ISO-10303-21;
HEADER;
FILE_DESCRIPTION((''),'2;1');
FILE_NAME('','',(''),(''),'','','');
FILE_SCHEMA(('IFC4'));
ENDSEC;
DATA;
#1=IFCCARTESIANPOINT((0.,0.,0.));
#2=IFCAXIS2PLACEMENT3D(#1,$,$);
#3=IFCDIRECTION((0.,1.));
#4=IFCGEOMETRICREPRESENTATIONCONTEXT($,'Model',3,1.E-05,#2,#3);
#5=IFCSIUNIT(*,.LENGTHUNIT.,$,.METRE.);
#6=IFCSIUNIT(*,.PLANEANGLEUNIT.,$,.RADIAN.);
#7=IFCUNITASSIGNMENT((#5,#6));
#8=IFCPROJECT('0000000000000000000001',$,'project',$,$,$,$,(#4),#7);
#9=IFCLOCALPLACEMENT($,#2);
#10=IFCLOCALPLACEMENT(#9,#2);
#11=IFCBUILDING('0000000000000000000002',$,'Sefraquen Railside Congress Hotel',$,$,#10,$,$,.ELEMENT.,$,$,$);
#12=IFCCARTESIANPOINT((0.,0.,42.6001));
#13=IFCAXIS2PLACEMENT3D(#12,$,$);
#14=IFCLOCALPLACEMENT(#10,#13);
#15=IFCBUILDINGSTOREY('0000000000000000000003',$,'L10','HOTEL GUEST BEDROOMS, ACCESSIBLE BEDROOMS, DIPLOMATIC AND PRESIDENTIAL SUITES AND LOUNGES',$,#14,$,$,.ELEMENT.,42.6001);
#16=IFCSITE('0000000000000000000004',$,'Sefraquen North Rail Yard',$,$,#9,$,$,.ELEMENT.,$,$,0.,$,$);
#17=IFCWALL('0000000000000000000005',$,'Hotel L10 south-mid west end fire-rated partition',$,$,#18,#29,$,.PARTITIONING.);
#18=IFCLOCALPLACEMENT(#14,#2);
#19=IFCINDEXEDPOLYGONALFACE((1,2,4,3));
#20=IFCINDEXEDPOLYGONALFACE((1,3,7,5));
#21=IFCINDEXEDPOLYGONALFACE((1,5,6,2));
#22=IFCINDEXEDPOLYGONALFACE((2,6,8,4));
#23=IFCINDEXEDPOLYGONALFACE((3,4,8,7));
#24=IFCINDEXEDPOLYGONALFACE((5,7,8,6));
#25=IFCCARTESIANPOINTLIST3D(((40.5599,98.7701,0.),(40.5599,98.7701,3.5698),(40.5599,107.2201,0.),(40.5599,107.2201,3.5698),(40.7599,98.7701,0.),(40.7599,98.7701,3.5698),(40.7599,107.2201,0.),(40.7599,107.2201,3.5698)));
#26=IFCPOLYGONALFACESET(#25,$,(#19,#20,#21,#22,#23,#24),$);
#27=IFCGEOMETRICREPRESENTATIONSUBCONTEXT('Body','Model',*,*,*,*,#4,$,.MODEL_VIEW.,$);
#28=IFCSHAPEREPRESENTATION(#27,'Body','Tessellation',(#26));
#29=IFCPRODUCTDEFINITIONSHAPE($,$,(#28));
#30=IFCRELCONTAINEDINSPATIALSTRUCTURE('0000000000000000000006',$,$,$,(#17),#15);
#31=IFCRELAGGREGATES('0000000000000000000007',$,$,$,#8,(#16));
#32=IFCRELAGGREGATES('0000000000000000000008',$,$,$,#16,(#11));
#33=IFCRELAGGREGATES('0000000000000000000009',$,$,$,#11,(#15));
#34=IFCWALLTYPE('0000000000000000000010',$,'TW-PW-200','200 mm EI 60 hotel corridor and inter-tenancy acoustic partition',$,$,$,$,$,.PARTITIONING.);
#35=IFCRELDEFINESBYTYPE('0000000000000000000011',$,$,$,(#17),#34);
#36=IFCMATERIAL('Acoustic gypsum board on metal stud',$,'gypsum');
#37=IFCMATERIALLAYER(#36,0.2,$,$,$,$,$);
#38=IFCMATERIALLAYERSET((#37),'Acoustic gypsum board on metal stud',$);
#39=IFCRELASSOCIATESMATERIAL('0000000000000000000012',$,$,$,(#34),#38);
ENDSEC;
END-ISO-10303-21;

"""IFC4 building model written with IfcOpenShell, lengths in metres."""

from ifc_helpers import new_model, si_unit, direction, frame, frame_2d, origin, place, context, subcontext, project, spatial, rectangle, extrude, material, layer, layer_set, type_object, element, save


model = new_model("IFC4")

# Units and contexts
model_context = context("Model", 3, precision=1e-05, world=origin(), true_north=direction((0.0, 1.0)))
body_context = subcontext(model_context, "Body", "Model", "MODEL_VIEW")
ifc_project = project(units=[si_unit("LENGTHUNIT", "METRE"), si_unit("PLANEANGLEUNIT", "RADIAN")], contexts=[model_context])

# Site, building, storey
site_placement = place(None, origin())
site = spatial("IfcSite", under=ifc_project, at=site_placement, Name="Sefraquen North Rail Yard", CompositionType="ELEMENT", RefElevation=0.0)
building_placement = place(site_placement, origin())
building = spatial("IfcBuilding", under=site, at=building_placement, Name="Sefraquen Railside Congress Hotel", CompositionType="ELEMENT")
storey_placement = place(building_placement, frame((0.0, 0.0, 42.6001)))
storey = spatial("IfcBuildingStorey", under=building, at=storey_placement, Name="L10", Description="HOTEL GUEST BEDROOMS, ACCESSIBLE BEDROOMS, DIPLOMATIC AND PRESIDENTIAL SUITES AND LOUNGES", CompositionType="ELEMENT", Elevation=42.6001)

# Wall
ifc_material_1 = material(Name="Acoustic gypsum board on metal stud", Category="gypsum")
ifc_layer_1 = layer(ifc_material_1, 0.2)
ifc_layer_set_1 = layer_set([ifc_layer_1], Name="Acoustic gypsum board on metal stud")
wall_type_1 = type_object("IfcWallType", Name="TW-PW-200", Description="200 mm EI 60 hotel corridor and inter-tenancy acoustic partition", PredefinedType="PARTITIONING", material=ifc_layer_set_1)
wall_1_placement = place(storey_placement, frame((40.6599, 98.77, 0.0), z_axis=(0.0, 0.0, 1.0), x_axis=(0.0, 1.0, 0.0)))
element("IfcWall", 1, at=wall_1_placement, inside=storey, type_object=wall_type_1, Name="Hotel L10 south-mid west end fire-rated partition", PredefinedType="PARTITIONING", context=body_context, shape_type="SweptSolid", body=[
    extrude(rectangle(XDim=8.45, YDim=0.2, at=frame_2d((4.2251, 0.0))), origin(), (0.0, 0.0, 1.0), 3.5698),
])

save(model, "model.ifc")
